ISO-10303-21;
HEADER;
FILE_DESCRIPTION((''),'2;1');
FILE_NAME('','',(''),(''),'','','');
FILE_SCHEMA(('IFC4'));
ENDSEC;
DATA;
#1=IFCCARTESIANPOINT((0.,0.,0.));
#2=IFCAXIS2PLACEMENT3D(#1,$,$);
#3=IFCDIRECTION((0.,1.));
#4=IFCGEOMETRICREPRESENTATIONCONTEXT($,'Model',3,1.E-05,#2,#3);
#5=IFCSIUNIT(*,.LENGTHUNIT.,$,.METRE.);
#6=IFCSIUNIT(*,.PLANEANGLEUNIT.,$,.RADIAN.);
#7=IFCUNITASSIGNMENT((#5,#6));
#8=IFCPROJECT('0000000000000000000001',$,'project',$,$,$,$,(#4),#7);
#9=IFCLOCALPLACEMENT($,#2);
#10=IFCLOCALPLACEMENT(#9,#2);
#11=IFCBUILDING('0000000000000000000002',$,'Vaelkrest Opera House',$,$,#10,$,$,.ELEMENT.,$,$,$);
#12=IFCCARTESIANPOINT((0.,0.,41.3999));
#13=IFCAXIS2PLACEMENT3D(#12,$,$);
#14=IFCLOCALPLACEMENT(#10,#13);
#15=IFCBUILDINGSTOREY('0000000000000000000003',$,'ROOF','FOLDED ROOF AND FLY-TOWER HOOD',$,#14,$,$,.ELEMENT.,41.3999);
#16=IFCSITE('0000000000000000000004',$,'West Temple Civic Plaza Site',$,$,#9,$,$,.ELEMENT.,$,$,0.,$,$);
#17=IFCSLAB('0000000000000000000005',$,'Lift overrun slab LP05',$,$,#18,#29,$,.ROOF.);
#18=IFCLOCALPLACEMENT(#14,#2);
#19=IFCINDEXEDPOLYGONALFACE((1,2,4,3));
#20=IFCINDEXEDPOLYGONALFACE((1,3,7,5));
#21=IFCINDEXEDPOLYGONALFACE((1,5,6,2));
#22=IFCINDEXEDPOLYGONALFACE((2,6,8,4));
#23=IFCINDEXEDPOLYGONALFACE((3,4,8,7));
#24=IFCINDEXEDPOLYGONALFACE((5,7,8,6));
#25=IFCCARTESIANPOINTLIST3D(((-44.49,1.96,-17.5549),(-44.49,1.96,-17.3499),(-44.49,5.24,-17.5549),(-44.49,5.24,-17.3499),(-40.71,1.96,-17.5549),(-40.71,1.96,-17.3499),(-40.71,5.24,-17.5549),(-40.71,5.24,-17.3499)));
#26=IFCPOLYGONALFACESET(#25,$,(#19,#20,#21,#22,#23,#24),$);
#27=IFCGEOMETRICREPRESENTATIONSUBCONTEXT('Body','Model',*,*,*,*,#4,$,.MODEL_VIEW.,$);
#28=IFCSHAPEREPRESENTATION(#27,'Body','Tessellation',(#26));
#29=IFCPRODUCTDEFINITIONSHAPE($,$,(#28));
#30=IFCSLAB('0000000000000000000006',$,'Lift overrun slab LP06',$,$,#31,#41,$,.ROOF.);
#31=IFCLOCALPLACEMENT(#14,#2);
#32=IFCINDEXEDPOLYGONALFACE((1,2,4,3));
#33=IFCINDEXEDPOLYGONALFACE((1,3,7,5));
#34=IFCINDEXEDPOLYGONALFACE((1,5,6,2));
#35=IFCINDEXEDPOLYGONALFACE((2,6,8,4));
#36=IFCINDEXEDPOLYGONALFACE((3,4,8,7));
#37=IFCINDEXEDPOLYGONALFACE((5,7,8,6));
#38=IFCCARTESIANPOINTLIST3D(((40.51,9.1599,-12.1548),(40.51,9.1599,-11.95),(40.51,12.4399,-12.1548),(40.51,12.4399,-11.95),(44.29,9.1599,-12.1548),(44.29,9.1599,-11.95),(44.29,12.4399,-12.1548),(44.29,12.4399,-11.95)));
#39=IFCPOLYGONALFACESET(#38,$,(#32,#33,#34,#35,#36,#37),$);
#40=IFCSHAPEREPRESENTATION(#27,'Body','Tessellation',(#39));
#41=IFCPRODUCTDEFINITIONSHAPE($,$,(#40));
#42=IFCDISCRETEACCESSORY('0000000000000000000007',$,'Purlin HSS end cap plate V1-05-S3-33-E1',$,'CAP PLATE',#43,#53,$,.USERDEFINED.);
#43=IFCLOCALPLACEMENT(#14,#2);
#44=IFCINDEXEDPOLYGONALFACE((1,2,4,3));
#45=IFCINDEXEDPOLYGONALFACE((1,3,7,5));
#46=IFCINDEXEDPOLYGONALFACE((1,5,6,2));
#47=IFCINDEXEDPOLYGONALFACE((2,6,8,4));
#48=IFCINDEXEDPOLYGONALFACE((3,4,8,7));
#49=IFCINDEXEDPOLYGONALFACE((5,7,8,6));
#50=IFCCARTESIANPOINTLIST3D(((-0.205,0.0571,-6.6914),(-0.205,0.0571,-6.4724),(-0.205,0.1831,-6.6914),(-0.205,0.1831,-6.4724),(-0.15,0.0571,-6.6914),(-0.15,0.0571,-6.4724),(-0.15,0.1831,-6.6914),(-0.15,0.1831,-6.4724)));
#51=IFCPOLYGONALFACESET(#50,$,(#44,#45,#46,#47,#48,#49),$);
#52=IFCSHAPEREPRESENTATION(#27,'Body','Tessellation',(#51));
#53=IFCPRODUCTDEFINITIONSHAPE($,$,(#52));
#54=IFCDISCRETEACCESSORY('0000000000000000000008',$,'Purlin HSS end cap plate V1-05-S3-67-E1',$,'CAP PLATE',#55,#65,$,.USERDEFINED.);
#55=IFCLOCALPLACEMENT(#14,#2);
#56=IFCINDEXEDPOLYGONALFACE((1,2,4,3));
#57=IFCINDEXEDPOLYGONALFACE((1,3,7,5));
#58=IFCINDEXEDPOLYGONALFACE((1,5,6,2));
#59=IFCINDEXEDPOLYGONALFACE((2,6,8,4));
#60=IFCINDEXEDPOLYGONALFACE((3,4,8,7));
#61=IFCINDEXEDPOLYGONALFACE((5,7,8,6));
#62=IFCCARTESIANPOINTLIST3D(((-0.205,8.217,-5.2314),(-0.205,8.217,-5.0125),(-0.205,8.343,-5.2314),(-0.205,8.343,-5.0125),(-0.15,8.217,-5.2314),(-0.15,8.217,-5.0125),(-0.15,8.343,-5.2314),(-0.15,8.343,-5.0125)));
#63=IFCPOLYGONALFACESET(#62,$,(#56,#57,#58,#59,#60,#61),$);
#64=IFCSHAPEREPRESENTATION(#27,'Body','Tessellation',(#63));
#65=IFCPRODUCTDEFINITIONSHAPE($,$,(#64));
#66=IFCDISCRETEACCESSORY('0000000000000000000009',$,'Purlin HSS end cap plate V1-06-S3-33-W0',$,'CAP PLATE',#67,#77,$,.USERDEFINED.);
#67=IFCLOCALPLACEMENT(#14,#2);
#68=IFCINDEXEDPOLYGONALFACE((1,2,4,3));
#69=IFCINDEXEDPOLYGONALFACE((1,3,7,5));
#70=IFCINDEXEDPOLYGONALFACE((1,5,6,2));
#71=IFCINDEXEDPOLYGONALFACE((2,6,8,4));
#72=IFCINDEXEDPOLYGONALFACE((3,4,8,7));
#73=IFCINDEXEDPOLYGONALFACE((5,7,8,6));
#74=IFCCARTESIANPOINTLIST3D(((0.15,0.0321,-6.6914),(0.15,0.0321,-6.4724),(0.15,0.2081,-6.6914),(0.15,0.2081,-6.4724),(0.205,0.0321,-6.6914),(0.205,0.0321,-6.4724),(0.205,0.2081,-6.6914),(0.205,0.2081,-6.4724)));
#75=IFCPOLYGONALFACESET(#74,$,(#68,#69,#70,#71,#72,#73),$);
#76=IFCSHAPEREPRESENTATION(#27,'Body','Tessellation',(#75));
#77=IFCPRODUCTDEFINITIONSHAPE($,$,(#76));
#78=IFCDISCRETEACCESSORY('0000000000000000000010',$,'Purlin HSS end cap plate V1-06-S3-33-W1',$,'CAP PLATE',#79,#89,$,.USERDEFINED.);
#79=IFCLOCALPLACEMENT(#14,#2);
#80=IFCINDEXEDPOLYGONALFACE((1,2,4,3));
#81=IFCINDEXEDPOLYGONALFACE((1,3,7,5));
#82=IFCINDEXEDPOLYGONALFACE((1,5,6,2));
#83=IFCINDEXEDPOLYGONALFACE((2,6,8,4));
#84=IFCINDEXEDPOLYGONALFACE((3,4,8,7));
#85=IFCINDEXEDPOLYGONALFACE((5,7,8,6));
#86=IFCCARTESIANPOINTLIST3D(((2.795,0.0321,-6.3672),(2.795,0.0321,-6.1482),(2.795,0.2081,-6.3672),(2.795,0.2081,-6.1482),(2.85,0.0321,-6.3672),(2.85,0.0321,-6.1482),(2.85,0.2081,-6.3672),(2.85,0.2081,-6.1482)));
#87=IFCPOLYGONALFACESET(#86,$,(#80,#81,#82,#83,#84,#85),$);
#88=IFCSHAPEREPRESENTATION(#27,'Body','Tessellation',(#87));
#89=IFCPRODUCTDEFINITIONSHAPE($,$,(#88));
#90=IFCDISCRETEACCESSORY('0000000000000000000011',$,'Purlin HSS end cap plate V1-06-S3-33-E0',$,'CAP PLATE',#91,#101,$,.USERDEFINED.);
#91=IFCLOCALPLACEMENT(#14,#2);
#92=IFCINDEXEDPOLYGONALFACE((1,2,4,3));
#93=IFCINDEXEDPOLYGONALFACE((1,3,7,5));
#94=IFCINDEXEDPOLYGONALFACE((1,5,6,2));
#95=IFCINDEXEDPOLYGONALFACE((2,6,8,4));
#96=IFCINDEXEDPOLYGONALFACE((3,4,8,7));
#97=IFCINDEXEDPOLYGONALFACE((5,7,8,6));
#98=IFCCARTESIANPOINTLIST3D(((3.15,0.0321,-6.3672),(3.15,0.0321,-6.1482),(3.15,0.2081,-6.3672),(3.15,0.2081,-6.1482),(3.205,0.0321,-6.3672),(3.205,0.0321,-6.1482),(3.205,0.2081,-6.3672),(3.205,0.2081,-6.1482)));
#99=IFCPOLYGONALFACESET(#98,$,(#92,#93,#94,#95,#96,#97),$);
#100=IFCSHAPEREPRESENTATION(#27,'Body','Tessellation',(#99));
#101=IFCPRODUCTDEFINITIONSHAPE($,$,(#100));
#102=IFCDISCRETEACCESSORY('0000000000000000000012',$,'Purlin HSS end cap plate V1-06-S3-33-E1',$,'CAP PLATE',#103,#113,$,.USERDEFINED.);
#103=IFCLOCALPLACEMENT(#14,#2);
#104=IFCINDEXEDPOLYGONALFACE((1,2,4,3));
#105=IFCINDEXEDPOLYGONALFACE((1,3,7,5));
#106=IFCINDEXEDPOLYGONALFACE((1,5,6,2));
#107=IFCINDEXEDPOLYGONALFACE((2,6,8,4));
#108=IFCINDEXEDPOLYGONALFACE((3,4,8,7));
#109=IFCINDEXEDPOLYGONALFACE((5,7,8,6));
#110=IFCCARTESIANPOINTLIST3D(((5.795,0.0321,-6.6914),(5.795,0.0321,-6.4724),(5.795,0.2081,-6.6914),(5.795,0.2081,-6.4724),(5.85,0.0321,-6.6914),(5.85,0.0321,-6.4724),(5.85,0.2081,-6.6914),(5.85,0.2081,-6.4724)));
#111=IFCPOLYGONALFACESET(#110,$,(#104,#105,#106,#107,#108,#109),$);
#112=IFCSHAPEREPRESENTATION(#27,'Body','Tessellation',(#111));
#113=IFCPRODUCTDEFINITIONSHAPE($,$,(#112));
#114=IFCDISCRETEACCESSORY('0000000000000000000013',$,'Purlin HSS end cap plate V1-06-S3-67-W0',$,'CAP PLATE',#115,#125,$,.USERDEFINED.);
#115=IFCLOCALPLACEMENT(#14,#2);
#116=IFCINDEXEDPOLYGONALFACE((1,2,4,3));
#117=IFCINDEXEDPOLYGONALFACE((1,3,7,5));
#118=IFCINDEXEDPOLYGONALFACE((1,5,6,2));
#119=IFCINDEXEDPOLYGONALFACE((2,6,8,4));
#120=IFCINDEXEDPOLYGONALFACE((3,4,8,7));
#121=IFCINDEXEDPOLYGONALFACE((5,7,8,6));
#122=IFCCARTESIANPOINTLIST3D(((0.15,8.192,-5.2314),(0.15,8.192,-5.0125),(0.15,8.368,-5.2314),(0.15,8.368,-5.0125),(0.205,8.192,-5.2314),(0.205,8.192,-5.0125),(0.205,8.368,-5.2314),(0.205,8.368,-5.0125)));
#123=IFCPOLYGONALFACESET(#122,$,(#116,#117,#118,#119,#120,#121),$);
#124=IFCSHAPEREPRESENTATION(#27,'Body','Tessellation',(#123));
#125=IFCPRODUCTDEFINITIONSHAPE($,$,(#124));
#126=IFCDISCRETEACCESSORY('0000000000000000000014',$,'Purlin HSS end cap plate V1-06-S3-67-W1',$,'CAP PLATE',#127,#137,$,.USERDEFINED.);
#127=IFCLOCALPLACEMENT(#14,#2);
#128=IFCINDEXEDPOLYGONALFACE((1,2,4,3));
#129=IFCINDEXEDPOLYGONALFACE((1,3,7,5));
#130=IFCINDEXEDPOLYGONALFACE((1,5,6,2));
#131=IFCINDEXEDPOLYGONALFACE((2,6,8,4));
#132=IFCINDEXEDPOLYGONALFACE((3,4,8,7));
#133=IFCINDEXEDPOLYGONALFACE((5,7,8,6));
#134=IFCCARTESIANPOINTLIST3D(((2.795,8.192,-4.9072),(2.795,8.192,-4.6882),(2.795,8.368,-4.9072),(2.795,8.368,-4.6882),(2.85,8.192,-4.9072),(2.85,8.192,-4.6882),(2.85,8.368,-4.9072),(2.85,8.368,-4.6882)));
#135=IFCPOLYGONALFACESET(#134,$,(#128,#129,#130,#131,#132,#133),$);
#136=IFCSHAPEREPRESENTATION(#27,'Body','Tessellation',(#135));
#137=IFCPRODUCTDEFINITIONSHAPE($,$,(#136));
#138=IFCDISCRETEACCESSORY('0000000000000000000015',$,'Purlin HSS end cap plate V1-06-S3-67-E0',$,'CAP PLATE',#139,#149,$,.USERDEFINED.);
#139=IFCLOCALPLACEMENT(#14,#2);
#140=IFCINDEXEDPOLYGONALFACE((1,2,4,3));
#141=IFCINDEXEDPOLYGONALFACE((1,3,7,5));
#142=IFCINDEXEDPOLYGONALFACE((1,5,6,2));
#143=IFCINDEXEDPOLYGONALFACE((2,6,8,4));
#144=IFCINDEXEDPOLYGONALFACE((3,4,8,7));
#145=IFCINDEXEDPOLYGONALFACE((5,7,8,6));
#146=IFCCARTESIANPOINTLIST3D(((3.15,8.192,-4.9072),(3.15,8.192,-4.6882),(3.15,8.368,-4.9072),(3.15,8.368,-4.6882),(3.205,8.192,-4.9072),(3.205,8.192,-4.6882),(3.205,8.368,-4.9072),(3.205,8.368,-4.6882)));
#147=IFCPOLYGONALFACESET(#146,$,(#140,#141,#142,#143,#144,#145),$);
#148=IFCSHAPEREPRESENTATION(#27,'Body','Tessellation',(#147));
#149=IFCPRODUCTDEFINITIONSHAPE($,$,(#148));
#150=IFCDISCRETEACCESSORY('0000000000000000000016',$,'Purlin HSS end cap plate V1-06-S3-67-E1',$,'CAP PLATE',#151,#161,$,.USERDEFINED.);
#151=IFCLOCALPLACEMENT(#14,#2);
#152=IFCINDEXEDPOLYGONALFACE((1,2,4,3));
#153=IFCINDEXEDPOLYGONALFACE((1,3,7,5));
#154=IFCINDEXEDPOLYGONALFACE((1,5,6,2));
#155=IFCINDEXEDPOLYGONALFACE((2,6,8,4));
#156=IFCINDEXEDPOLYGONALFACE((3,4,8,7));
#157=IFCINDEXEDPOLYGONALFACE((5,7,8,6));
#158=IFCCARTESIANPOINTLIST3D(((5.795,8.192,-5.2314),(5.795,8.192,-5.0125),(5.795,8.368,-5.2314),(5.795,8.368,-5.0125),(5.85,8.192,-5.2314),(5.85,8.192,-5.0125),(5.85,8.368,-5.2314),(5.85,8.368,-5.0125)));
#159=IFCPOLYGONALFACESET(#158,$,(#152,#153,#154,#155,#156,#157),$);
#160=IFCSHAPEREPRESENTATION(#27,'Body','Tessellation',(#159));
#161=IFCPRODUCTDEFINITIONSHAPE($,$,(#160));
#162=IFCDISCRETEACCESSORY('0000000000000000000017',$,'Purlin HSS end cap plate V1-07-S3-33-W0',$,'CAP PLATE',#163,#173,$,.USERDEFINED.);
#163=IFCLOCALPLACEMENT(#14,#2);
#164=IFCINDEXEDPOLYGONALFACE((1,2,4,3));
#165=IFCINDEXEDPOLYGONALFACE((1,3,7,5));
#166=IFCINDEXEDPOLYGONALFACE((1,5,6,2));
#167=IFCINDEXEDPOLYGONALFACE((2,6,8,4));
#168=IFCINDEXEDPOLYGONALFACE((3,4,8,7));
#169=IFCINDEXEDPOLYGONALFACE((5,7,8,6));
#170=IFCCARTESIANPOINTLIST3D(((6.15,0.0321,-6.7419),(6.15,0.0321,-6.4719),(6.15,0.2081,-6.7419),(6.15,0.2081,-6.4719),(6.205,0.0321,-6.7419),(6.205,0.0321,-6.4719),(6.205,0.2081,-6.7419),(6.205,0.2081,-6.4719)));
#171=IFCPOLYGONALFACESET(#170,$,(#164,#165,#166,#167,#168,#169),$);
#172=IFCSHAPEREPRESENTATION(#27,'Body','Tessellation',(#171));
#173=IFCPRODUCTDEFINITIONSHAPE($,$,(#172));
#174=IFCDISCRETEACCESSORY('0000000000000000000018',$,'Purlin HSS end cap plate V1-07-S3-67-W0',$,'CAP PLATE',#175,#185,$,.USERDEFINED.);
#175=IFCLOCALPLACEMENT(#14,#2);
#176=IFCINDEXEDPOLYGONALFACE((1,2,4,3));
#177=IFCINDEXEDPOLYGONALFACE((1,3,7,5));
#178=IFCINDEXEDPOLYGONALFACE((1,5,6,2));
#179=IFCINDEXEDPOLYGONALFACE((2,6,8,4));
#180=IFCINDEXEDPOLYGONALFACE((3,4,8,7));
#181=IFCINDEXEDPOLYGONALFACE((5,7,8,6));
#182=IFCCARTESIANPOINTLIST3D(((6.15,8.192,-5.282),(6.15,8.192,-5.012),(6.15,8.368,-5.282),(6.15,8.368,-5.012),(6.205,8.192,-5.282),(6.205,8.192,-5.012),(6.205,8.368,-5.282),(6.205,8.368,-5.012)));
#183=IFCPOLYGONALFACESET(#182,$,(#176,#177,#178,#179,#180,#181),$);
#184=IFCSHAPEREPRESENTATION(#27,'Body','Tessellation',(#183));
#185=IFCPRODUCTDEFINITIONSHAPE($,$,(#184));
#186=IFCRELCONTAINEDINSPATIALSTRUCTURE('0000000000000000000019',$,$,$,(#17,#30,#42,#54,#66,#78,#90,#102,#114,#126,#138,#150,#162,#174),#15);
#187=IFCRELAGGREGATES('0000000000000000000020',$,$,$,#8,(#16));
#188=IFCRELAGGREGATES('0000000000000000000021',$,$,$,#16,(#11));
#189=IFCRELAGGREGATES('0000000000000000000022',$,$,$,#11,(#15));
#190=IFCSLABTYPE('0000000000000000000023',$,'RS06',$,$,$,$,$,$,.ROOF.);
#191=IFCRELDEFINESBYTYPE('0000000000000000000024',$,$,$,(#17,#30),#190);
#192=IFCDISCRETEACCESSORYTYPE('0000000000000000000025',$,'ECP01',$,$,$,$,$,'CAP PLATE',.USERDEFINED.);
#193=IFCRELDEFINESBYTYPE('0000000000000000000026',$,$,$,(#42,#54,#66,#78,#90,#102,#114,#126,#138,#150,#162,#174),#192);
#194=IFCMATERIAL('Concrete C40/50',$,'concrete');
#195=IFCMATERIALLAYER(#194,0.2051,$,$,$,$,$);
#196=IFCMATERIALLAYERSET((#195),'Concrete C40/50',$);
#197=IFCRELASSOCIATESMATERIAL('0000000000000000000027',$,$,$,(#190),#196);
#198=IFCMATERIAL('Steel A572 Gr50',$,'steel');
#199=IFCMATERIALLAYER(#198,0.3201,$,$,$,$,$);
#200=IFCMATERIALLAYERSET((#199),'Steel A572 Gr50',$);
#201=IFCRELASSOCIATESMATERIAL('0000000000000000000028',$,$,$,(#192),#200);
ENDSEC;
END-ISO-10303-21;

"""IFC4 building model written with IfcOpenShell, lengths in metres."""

from ifc_helpers import new_model, si_unit, direction, frame, origin, origin_2d, place, context, subcontext, project, spatial, polyline, rectangle, outline, extrude, material, layer, layer_set, type_object, element, save


model = new_model("IFC4")

# Units and contexts
model_context = context("Model", 3, precision=1e-05, world=origin(), true_north=direction((0.0, 1.0)))
body_context = subcontext(model_context, "Body", "Model", "MODEL_VIEW")
ifc_project = project(units=[si_unit("LENGTHUNIT", "METRE"), si_unit("PLANEANGLEUNIT", "RADIAN")], contexts=[model_context])

# Site, building, storey
site_placement = place(None, origin())
site = spatial("IfcSite", under=ifc_project, at=site_placement, Name="West Temple Civic Plaza Site", CompositionType="ELEMENT", RefElevation=0.0)
building_placement = place(site_placement, origin())
building = spatial("IfcBuilding", under=site, at=building_placement, Name="Vaelkrest Opera House", CompositionType="ELEMENT")
storey_placement = place(building_placement, frame((0.0, 0.0, 41.3999)))
storey = spatial("IfcBuildingStorey", under=building, at=storey_placement, Name="ROOF", Description="FOLDED ROOF AND FLY-TOWER HOOD", CompositionType="ELEMENT", Elevation=41.3999)

# Shared definitions
ifc_material_1 = material(Name="Steel A572 Gr50", Category="steel")

# Slabs
ifc_material_2 = material(Name="Concrete C40/50", Category="concrete")
ifc_layer_1 = layer(ifc_material_2, 0.2051)
ifc_layer_set_1 = layer_set([ifc_layer_1], Name="Concrete C40/50")
slab_type = type_object("IfcSlabType", Name="RS06", PredefinedType="ROOF", material=ifc_layer_set_1)
slab_1_placement = place(storey_placement, frame((0.0, 0.0, -17.5549)))
element("IfcSlab", 1, at=slab_1_placement, inside=storey, type_object=slab_type, Name="Lift overrun slab LP05", PredefinedType="ROOF", context=body_context, shape_type="SweptSolid", body=[
    extrude(outline(polyline([(-44.49, 1.96), (-40.71, 1.96), (-40.71, 5.24), (-44.49, 5.24), (-44.49, 1.96)])), origin(), (0.0, 0.0, 1.0), 0.2051),
])
slab_2_placement = place(storey_placement, frame((0.0, 0.0, -12.1548)))
element("IfcSlab", 2, at=slab_2_placement, inside=storey, type_object=slab_type, Name="Lift overrun slab LP06", PredefinedType="ROOF", context=body_context, shape_type="SweptSolid", body=[
    extrude(outline(polyline([(40.51, 9.1599), (44.29, 9.1599), (44.29, 12.4399), (40.51, 12.4399), (40.51, 9.1599)])), origin(), (0.0, 0.0, 1.0), 0.2048),
])

# Discrete accessories
ifc_layer_2 = layer(ifc_material_1, 0.3201)
ifc_layer_set_2 = layer_set([ifc_layer_2], Name="Steel A572 Gr50")
discrete_accessory_type = type_object("IfcDiscreteAccessoryType", Name="ECP01", ElementType="CAP PLATE", PredefinedType="USERDEFINED", material=ifc_layer_set_2)
for number, where, z_axis, x_axis, name in (
    (3, (-0.1775, 0.1201, -6.6914), (0.0, 0.0, 1.0), (1.0, 0.0, 0.0), "Purlin HSS end cap plate V1-05-S3-33-E1"),
    (4, (-0.1775, 8.28, -5.2314), (0.0, 0.0, 1.0), (1.0, 0.0, 0.0), "Purlin HSS end cap plate V1-05-S3-67-E1"),
):
    element("IfcDiscreteAccessory", number, at=place(storey_placement, frame(where, z_axis=z_axis, x_axis=x_axis)), inside=storey, type_object=discrete_accessory_type, Name=name, ObjectType="CAP PLATE", PredefinedType="USERDEFINED", context=body_context, shape_type="SweptSolid", body=[
        extrude(rectangle(XDim=0.0549, YDim=0.126, at=origin_2d()), origin(), (0.0, 0.0, 1.0), 0.219),
    ])
for number, where, z_axis, x_axis, name in (
    (5, (0.1775, 0.1201, -6.6914), (0.0, 0.0, 1.0), (1.0, 0.0, 0.0), "Purlin HSS end cap plate V1-06-S3-33-W0"),
    (6, (2.8225, 0.1201, -6.3672), (0.0, 0.0, 1.0), (1.0, 0.0, 0.0), "Purlin HSS end cap plate V1-06-S3-33-W1"),
    (7, (3.1775, 0.1201, -6.3672), (0.0, 0.0, 1.0), (1.0, 0.0, 0.0), "Purlin HSS end cap plate V1-06-S3-33-E0"),
    (8, (5.8225, 0.1201, -6.6914), (0.0, 0.0, 1.0), (1.0, 0.0, 0.0), "Purlin HSS end cap plate V1-06-S3-33-E1"),
    (9, (0.1775, 8.28, -5.2314), (0.0, 0.0, 1.0), (1.0, 0.0, 0.0), "Purlin HSS end cap plate V1-06-S3-67-W0"),
    (10, (2.8225, 8.28, -4.9072), (0.0, 0.0, 1.0), (1.0, 0.0, 0.0), "Purlin HSS end cap plate V1-06-S3-67-W1"),
    (11, (3.1775, 8.28, -4.9072), (0.0, 0.0, 1.0), (1.0, 0.0, 0.0), "Purlin HSS end cap plate V1-06-S3-67-E0"),
    (12, (5.8225, 8.28, -5.2314), (0.0, 0.0, 1.0), (1.0, 0.0, 0.0), "Purlin HSS end cap plate V1-06-S3-67-E1"),
):
    element("IfcDiscreteAccessory", number, at=place(storey_placement, frame(where, z_axis=z_axis, x_axis=x_axis)), inside=storey, type_object=discrete_accessory_type, Name=name, ObjectType="CAP PLATE", PredefinedType="USERDEFINED", context=body_context, shape_type="SweptSolid", body=[
        extrude(rectangle(XDim=0.0549, YDim=0.176, at=origin_2d()), origin(), (0.0, 0.0, 1.0), 0.219),
    ])
for number, where, z_axis, x_axis, name in (
    (13, (6.1775, 0.1201, -6.7419), (0.0, 0.0, 1.0), (1.0, 0.0, 0.0), "Purlin HSS end cap plate V1-07-S3-33-W0"),
    (14, (6.1775, 8.28, -5.282), (0.0, 0.0, 1.0), (1.0, 0.0, 0.0), "Purlin HSS end cap plate V1-07-S3-67-W0"),
):
    element("IfcDiscreteAccessory", number, at=place(storey_placement, frame(where, z_axis=z_axis, x_axis=x_axis)), inside=storey, type_object=discrete_accessory_type, Name=name, ObjectType="CAP PLATE", PredefinedType="USERDEFINED", context=body_context, shape_type="SweptSolid", body=[
        extrude(rectangle(XDim=0.0549, YDim=0.176, at=origin_2d()), origin(), (0.0, 0.0, 1.0), 0.27),
    ])

save(model, "model.ifc")
